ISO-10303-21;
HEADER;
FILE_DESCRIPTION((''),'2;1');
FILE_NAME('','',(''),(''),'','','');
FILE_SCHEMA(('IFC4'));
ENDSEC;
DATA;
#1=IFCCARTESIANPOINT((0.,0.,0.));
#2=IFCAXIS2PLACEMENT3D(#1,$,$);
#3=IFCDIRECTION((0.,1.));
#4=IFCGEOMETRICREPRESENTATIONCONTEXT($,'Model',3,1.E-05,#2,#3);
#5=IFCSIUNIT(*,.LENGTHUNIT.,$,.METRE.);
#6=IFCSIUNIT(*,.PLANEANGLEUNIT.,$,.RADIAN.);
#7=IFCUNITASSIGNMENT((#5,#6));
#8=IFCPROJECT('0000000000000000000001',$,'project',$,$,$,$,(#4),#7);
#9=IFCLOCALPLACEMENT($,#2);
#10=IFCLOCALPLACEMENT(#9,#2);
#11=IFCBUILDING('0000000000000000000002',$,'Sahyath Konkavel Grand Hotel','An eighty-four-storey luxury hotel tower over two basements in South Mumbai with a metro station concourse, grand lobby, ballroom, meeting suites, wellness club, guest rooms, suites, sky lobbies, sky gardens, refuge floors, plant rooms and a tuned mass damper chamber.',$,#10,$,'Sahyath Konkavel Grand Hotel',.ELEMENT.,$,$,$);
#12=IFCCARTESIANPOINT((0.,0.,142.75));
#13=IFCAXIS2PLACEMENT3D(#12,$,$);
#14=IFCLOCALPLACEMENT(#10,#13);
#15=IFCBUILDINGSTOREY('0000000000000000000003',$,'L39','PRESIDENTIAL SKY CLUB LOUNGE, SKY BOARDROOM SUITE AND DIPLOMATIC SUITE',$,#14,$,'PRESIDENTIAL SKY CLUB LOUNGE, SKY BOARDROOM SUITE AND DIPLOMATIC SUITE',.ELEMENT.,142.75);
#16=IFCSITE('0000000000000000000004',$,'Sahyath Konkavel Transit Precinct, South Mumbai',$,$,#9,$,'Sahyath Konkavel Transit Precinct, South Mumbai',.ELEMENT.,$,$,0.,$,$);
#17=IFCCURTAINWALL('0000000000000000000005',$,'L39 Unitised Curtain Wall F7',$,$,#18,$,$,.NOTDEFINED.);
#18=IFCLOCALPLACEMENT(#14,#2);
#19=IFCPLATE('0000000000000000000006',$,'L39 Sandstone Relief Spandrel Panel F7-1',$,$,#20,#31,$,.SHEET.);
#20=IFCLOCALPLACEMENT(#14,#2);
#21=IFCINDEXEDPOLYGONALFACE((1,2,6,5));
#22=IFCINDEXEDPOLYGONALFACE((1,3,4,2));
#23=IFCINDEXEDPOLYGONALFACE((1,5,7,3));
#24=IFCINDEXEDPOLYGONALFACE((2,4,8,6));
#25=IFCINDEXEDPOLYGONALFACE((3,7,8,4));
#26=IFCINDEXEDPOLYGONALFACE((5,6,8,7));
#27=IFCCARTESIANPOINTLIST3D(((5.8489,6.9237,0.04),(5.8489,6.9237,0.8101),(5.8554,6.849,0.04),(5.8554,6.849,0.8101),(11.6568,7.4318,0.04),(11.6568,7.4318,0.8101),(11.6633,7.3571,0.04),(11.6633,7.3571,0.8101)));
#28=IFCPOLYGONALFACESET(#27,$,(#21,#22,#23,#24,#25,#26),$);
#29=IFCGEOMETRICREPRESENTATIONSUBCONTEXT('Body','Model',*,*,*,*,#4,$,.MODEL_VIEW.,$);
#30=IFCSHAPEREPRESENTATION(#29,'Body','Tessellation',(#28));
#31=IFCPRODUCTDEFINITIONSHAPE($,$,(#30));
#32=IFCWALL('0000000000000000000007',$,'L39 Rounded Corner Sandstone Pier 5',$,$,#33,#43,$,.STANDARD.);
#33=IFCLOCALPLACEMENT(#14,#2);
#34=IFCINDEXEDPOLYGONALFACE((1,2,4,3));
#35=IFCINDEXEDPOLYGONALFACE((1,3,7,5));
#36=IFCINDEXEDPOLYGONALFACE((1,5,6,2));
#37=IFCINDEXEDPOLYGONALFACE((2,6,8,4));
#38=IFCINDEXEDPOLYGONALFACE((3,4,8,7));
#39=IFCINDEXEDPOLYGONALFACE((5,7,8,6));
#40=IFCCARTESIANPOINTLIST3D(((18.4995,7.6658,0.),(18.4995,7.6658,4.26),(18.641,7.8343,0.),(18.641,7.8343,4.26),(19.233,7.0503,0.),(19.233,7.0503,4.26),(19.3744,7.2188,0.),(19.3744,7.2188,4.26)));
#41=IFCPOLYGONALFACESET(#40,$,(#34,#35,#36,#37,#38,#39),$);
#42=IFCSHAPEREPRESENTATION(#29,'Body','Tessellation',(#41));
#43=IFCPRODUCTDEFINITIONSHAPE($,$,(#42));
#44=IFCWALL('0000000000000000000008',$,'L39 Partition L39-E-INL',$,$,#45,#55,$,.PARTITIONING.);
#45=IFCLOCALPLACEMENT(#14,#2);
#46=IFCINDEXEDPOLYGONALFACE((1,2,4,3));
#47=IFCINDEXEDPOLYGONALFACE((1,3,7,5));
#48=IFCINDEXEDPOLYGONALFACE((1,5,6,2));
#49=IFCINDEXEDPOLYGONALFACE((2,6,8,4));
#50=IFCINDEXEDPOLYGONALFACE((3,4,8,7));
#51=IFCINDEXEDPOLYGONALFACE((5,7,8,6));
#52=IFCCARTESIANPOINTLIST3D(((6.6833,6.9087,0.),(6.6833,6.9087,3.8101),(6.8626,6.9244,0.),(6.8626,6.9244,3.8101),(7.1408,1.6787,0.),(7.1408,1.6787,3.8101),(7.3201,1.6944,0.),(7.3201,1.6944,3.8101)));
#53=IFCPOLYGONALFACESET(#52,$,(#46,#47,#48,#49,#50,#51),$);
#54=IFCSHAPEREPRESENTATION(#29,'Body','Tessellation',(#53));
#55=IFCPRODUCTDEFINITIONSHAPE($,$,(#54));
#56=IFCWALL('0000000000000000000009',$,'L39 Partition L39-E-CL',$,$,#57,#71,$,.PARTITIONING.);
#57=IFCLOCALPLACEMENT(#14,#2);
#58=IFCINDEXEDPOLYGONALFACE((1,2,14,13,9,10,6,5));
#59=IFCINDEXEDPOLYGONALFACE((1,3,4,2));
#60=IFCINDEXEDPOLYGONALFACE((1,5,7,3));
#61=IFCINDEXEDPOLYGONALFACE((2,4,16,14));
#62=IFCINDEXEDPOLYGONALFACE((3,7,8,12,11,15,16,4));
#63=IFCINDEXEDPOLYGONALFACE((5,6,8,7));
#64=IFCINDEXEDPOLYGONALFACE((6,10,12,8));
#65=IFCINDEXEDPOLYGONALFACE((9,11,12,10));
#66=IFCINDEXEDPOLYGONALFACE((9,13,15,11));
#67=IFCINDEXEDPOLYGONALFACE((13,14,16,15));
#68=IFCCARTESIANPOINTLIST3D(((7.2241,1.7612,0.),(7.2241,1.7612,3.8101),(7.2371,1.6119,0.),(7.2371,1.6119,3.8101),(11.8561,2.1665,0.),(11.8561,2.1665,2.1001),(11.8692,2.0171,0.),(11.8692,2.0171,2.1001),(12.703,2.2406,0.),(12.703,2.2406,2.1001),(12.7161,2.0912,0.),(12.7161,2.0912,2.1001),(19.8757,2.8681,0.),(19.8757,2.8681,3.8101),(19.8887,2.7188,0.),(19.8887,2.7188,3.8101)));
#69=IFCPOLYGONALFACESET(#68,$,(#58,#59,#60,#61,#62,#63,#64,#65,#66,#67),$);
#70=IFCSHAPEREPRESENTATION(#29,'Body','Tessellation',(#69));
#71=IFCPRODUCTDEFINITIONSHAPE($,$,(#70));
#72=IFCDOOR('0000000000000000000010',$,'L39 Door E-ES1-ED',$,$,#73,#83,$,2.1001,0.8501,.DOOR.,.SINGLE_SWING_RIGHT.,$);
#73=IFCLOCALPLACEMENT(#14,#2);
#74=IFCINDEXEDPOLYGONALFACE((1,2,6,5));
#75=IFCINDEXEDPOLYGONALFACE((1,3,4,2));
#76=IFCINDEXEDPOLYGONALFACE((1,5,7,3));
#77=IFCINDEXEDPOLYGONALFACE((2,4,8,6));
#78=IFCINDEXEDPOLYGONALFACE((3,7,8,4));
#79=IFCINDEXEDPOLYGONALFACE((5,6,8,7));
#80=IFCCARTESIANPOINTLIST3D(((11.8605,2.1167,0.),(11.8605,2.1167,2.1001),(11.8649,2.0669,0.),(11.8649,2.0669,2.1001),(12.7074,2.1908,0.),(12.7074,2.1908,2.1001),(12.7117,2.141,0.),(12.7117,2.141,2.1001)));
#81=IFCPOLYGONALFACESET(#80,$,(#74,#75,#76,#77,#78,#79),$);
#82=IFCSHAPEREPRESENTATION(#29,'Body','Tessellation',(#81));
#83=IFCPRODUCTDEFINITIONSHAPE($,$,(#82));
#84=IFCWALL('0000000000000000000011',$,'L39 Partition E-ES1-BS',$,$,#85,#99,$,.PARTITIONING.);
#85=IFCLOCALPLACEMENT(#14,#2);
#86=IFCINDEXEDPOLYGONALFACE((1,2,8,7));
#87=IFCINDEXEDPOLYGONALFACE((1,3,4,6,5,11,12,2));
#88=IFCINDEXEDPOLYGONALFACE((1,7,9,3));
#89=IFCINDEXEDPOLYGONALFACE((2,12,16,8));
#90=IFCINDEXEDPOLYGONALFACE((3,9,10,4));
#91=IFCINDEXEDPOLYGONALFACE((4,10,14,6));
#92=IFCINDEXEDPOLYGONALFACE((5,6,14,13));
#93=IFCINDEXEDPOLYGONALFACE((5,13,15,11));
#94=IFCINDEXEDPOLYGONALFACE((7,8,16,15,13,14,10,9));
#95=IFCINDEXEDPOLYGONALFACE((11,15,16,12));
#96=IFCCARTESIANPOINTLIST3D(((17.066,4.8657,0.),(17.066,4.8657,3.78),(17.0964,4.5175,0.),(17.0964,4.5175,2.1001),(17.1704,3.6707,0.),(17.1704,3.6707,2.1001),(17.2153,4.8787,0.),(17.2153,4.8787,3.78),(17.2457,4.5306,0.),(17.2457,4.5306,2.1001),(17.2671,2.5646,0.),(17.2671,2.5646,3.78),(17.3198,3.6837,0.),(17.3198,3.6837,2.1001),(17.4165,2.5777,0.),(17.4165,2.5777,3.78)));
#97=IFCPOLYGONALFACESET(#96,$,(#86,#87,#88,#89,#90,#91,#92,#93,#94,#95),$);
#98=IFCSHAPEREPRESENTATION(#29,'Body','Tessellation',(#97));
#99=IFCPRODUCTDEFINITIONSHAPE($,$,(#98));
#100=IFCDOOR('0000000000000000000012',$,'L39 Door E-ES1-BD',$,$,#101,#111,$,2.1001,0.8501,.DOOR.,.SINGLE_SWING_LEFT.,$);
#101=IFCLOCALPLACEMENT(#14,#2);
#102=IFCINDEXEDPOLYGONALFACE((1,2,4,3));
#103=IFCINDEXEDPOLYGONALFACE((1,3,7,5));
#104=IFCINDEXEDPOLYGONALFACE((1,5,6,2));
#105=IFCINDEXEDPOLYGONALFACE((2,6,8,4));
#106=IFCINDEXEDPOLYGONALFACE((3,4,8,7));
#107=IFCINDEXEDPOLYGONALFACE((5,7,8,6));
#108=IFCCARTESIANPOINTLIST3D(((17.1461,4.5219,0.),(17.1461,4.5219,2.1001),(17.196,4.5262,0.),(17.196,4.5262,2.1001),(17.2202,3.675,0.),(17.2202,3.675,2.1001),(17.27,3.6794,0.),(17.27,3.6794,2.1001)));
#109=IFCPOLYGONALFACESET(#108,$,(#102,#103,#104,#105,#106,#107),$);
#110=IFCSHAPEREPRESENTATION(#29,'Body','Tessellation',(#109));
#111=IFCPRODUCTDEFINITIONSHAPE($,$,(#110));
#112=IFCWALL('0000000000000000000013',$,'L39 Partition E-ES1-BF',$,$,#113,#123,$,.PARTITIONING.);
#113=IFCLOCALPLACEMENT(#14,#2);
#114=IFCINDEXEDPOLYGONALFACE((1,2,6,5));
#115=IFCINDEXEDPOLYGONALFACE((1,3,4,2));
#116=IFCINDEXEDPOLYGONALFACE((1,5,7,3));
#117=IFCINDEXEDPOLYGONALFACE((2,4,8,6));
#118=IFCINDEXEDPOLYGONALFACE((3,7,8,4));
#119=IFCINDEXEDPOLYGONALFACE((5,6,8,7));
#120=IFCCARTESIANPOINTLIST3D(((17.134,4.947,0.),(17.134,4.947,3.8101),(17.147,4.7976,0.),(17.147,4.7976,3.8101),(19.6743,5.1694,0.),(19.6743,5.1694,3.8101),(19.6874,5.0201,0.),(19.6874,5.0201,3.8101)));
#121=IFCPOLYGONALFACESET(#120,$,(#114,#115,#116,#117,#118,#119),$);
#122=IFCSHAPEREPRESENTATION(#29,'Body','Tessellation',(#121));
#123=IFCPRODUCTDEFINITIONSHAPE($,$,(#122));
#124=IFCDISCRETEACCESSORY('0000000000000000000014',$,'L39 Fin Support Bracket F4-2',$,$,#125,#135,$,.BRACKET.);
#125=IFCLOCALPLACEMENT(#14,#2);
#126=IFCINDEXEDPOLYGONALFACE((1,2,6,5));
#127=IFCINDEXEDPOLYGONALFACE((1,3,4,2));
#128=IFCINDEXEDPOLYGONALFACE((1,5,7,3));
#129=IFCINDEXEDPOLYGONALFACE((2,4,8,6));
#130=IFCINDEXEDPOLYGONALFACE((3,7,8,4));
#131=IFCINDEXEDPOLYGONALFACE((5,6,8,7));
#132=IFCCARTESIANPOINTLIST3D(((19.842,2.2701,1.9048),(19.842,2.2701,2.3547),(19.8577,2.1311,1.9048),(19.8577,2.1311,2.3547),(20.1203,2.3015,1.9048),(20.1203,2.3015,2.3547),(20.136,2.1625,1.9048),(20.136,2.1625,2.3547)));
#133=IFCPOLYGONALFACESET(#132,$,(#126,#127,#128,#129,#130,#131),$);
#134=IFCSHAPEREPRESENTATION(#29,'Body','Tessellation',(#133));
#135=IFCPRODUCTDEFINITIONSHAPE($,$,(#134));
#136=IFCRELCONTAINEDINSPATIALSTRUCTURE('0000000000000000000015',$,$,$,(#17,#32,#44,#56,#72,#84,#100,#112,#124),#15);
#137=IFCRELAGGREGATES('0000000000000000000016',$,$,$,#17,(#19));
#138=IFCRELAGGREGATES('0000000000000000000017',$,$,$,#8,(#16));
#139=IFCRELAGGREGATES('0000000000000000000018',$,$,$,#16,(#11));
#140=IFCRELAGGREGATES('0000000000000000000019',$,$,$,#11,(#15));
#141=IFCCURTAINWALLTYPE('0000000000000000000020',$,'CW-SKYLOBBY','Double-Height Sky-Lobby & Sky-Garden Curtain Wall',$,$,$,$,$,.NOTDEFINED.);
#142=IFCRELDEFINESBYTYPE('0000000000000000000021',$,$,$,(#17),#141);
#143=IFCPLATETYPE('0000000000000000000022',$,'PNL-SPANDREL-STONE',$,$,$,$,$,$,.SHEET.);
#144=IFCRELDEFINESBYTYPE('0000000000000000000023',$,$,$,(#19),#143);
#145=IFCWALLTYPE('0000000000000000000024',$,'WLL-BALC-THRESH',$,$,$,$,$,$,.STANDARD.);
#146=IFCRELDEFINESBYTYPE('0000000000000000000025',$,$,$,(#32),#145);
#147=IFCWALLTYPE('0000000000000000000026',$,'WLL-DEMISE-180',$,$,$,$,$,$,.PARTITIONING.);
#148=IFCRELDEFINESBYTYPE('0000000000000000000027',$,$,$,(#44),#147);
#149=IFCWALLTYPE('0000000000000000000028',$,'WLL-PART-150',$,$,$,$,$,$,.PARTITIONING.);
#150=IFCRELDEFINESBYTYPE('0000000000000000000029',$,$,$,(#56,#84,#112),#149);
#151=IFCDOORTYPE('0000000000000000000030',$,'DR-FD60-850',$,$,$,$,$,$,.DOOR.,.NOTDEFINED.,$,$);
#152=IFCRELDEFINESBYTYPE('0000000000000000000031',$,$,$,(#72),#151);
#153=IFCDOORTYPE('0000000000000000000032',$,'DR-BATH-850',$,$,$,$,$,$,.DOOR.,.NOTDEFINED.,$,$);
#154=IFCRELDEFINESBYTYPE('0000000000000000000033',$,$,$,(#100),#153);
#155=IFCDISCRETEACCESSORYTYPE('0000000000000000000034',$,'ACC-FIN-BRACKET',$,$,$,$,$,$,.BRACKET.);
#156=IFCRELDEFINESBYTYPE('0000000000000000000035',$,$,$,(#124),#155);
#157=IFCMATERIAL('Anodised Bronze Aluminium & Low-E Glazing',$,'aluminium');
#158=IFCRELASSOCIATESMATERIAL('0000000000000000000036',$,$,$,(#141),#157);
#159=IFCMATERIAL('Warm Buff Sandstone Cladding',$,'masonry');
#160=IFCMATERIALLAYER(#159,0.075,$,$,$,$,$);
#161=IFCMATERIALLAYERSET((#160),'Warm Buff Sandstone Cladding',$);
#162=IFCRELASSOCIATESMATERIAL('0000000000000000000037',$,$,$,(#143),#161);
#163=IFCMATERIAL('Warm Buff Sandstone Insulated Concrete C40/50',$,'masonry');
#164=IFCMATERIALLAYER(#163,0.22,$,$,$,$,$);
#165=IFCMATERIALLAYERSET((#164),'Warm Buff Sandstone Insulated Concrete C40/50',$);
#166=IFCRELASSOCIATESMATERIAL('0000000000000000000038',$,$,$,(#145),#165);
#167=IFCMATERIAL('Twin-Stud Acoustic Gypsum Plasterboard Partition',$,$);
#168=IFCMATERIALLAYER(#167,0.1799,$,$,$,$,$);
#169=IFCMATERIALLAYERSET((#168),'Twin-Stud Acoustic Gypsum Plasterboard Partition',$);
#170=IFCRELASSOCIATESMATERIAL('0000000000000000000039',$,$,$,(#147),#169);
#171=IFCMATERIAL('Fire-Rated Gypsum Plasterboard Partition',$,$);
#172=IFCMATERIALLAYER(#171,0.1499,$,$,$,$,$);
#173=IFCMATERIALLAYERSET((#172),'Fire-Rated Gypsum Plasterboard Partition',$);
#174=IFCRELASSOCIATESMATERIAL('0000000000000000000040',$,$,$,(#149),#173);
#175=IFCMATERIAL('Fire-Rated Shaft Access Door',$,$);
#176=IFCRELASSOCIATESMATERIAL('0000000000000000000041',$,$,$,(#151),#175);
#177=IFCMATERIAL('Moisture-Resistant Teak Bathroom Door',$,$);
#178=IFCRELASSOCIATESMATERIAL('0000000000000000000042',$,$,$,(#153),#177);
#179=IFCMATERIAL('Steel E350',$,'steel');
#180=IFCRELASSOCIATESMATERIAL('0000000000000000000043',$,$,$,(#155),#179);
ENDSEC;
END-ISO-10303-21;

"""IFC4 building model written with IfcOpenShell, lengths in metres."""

from ifc_helpers import new_model, si_unit, direction, frame, frame_2d, origin, origin_2d, place, context, subcontext, project, spatial, rectangle, extrude, source, transform, mapped, material, layer, layer_set, type_object, element, fill, aggregate, save


model = new_model("IFC4")

# Units and contexts
model_context = context("Model", 3, precision=1e-05, world=origin(), true_north=direction((0.0, 1.0)))
body_context = subcontext(model_context, "Body", "Model", "MODEL_VIEW")
ifc_project = project(units=[si_unit("LENGTHUNIT", "METRE"), si_unit("PLANEANGLEUNIT", "RADIAN")], contexts=[model_context])

# Site, building, storey
site_placement = place(None, origin())
site = spatial("IfcSite", under=ifc_project, at=site_placement, Name="Sahyath Konkavel Transit Precinct, South Mumbai", LongName="Sahyath Konkavel Transit Precinct, South Mumbai", CompositionType="ELEMENT", RefElevation=0.0)
building_placement = place(site_placement, origin())
building = spatial("IfcBuilding", under=site, at=building_placement, Name="Sahyath Konkavel Grand Hotel", Description="An eighty-four-storey luxury hotel tower over two basements in South Mumbai with a metro station concourse, grand lobby, ballroom, meeting suites, wellness club, guest rooms, suites, sky lobbies, sky gardens, refuge floors, plant rooms and a tuned mass damper chamber.", LongName="Sahyath Konkavel Grand Hotel", CompositionType="ELEMENT")
storey_placement = place(building_placement, frame((0.0, 0.0, 142.75)))
storey = spatial("IfcBuildingStorey", under=building, at=storey_placement, Name="L39", Description="PRESIDENTIAL SKY CLUB LOUNGE, SKY BOARDROOM SUITE AND DIPLOMATIC SUITE", LongName="PRESIDENTIAL SKY CLUB LOUNGE, SKY BOARDROOM SUITE AND DIPLOMATIC SUITE", CompositionType="ELEMENT", Elevation=142.75)

# Shared definitions
ifc_material_1 = material(Name="Steel E350", Category="steel")

# Shared definitions
ifc_material_2 = material(Name="Anodised Bronze Aluminium & Low-E Glazing", Category="aluminium")
curtain_wall_type = type_object("IfcCurtainWallType", Name="CW-SKYLOBBY", Description="Double-Height Sky-Lobby & Sky-Garden Curtain Wall", PredefinedType="NOTDEFINED", material=ifc_material_2)

# Curtain wall
curtain_wall_1_placement = place(storey_placement, origin())
curtain_wall_1 = element("IfcCurtainWall", 1, at=curtain_wall_1_placement, inside=storey, type_object=curtain_wall_type, Name="L39 Unitised Curtain Wall F7", PredefinedType="NOTDEFINED")

# Plate
ifc_material_3 = material(Name="Warm Buff Sandstone Cladding", Category="masonry")
ifc_layer_1 = layer(ifc_material_3, 0.075)
ifc_layer_set_1 = layer_set([ifc_layer_1], Name="Warm Buff Sandstone Cladding")
plate_type_1 = type_object("IfcPlateType", Name="PNL-SPANDREL-STONE", PredefinedType="SHEET", material=ifc_layer_set_1)
shared_shape_1 = source(origin(), body_context, "Body", "SweptSolid", [
    extrude(rectangle(XDim=5.8301, YDim=0.075, at=origin_2d()), origin(), (0.0, 0.0, 1.0), 0.77),
])
plate_1_placement = place(storey_placement, frame((8.7561, 7.1404, 0.04), z_axis=(0.0, 0.0, 1.0), x_axis=(-0.996195, -0.087156, 0.0)))
plate_1 = element("IfcPlate", 2, at=plate_1_placement, type_object=plate_type_1, Name="L39 Sandstone Relief Spandrel Panel F7-1", PredefinedType="SHEET", context=body_context, shape_type="MappedRepresentation", body=[
    mapped(shared_shape_1, transform((0.0, 0.0, 0.0), scale=1.0)),
])
aggregate(curtain_wall_1, [plate_1])

# Walls
ifc_material_4 = material(Name="Warm Buff Sandstone Insulated Concrete C40/50", Category="masonry")
ifc_layer_2 = layer(ifc_material_4, 0.22)
ifc_layer_set_2 = layer_set([ifc_layer_2], Name="Warm Buff Sandstone Insulated Concrete C40/50")
wall_type_1 = type_object("IfcWallType", Name="WLL-BALC-THRESH", PredefinedType="STANDARD", material=ifc_layer_set_2)
wall_1_placement = place(storey_placement, frame((19.3037, 7.1345, 0.0), z_axis=(0.0, 0.0, 1.0), x_axis=(-0.766001, 0.642839, 0.0)))
element("IfcWall", 3, at=wall_1_placement, inside=storey, type_object=wall_type_1, Name="L39 Rounded Corner Sandstone Pier 5", PredefinedType="STANDARD", context=body_context, shape_type="SweptSolid", body=[
    extrude(rectangle(XDim=0.9575, YDim=0.22, at=frame_2d((0.4788, 0.0))), origin(), (0.0, 0.0, 1.0), 4.26),
])
ifc_material_5 = material(Name="Twin-Stud Acoustic Gypsum Plasterboard Partition")
ifc_layer_3 = layer(ifc_material_5, 0.1799)
ifc_layer_set_3 = layer_set([ifc_layer_3], Name="Twin-Stud Acoustic Gypsum Plasterboard Partition")
wall_type_2 = type_object("IfcWallType", Name="WLL-DEMISE-180", PredefinedType="PARTITIONING", material=ifc_layer_set_3)
wall_2_placement = place(storey_placement, frame((7.2305, 1.6865, 0.0), z_axis=(0.0, 0.0, 1.0), x_axis=(-0.087147, 0.996195, 0.0)))
element("IfcWall", 4, at=wall_2_placement, inside=storey, type_object=wall_type_2, Name="L39 Partition L39-E-INL", PredefinedType="PARTITIONING", context=body_context, shape_type="SweptSolid", body=[
    extrude(rectangle(XDim=5.25, YDim=0.1799, at=frame_2d((2.625, 0.0))), origin(), (0.0, 0.0, 1.0), 3.8101),
])

# Walls, openings, doors
ifc_material_6 = material(Name="Fire-Rated Gypsum Plasterboard Partition")
ifc_layer_4 = layer(ifc_material_6, 0.1499)
ifc_layer_set_4 = layer_set([ifc_layer_4], Name="Fire-Rated Gypsum Plasterboard Partition")
wall_type_3 = type_object("IfcWallType", Name="WLL-PART-150", PredefinedType="PARTITIONING", material=ifc_layer_set_4)
wall_3_placement = place(storey_placement, frame((7.2305, 1.6865, 0.0), z_axis=(0.0, 0.0, 1.0), x_axis=(0.996194, 0.087161, 0.0)))
wall_3 = element("IfcWall", 5, at=wall_3_placement, inside=storey, type_object=wall_type_3, Name="L39 Partition L39-E-CL", PredefinedType="PARTITIONING", context=body_context, shape_type="SweptSolid", body=[
    extrude(rectangle(XDim=12.7, YDim=0.1499, at=frame_2d((6.3501, 0.0))), origin(), (0.0, 0.0, 1.0), 3.8101),
])
opening_1_placement = place(wall_3_placement, frame((4.6499, 0.0, 0.0)))
opening_1 = element("IfcOpeningElement", 6, at=opening_1_placement, cuts=wall_3, PredefinedType="OPENING", context=body_context, shape_type="SweptSolid", body=[
    extrude(rectangle(XDim=0.8501, YDim=2.1001, at=frame_2d((0.425, 1.05))), frame((0.0, 0.085, 0.0), z_axis=(0.0, -1.0, 0.0), x_axis=(1.0, 0.0, 0.0)), (0.0, 0.0, 1.0), 0.1699),
])
ifc_material_7 = material(Name="Fire-Rated Shaft Access Door")
door_type_1 = type_object("IfcDoorType", Name="DR-FD60-850", OperationType="NOTDEFINED", PredefinedType="DOOR", material=ifc_material_7)
shared_shape_2 = source(origin(), body_context, "Body", "SweptSolid", [
    extrude(rectangle(XDim=0.8501, YDim=0.05, at=origin_2d()), origin(), (0.0, 0.0, 1.0), 2.1001),
])
door_1_placement = place(opening_1_placement, frame((0.425, 0.0, 0.0)))
door_1 = element("IfcDoor", 7, at=door_1_placement, inside=storey, type_object=door_type_1, Name="L39 Door E-ES1-ED", OperationType="SINGLE_SWING_RIGHT", OverallHeight=2.1001, OverallWidth=0.8501, PredefinedType="DOOR", context=body_context, shape_type="MappedRepresentation", body=[
    mapped(shared_shape_2, transform((0.0, 0.0, 0.0), scale=1.0)),
])
fill(opening_1, door_1)
wall_4_placement = place(storey_placement, frame((17.3418, 2.5713, 0.0), z_axis=(0.0, 0.0, 1.0), x_axis=(-0.087095, 0.9962, 0.0)))
wall_4 = element("IfcWall", 8, at=wall_4_placement, inside=storey, type_object=wall_type_3, Name="L39 Partition E-ES1-BS", PredefinedType="PARTITIONING", context=body_context, shape_type="SweptSolid", body=[
    extrude(rectangle(XDim=2.3098, YDim=0.1499, at=frame_2d((1.1548, 0.0))), origin(), (0.0, 0.0, 1.0), 3.78),
])
opening_2_placement = place(wall_4_placement, frame((1.1101, 0.0, 0.0)))
opening_2 = element("IfcOpeningElement", 9, at=opening_2_placement, cuts=wall_4, PredefinedType="OPENING", context=body_context, shape_type="SweptSolid", body=[
    extrude(rectangle(XDim=0.8501, YDim=2.1001, at=frame_2d((0.425, 1.05))), frame((0.0, 0.085, 0.0), z_axis=(0.0, -1.0, 0.0), x_axis=(1.0, 0.0, 0.0)), (0.0, 0.0, 1.0), 0.1699),
])
ifc_material_8 = material(Name="Moisture-Resistant Teak Bathroom Door")
door_type_2 = type_object("IfcDoorType", Name="DR-BATH-850", OperationType="NOTDEFINED", PredefinedType="DOOR", material=ifc_material_8)
door_2_placement = place(opening_2_placement, frame((0.425, 0.0, 0.0)))
door_2 = element("IfcDoor", 10, at=door_2_placement, inside=storey, type_object=door_type_2, Name="L39 Door E-ES1-BD", OperationType="SINGLE_SWING_LEFT", OverallHeight=2.1001, OverallWidth=0.8501, PredefinedType="DOOR", context=body_context, shape_type="MappedRepresentation", body=[
    mapped(shared_shape_2, transform((0.0, 0.0, 0.0), scale=1.0)),
])
fill(opening_2, door_2)

# Wall
wall_5_placement = place(storey_placement, frame((17.1406, 4.8723, 0.0), z_axis=(0.0, 0.0, 1.0), x_axis=(0.996189, 0.08722, 0.0)))
element("IfcWall", 11, at=wall_5_placement, inside=storey, type_object=wall_type_3, Name="L39 Partition E-ES1-BF", PredefinedType="PARTITIONING", context=body_context, shape_type="SweptSolid", body=[
    extrude(rectangle(XDim=2.55, YDim=0.1499, at=frame_2d((1.2749, 0.0))), origin(), (0.0, 0.0, 1.0), 3.8101),
])

# Discrete accessory
discrete_accessory_type = type_object("IfcDiscreteAccessoryType", Name="ACC-FIN-BRACKET", PredefinedType="BRACKET", material=ifc_material_1)
shared_shape_3 = source(origin(), body_context, "Body", "SweptSolid", [
    extrude(rectangle(XDim=0.28, YDim=0.1399, at=origin_2d()), origin(), (0.0, 0.0, 1.0), 0.45),
])
discrete_accessory_placement = place(storey_placement, frame((19.989, 2.2163, 1.9048), z_axis=(0.0, 0.0, 1.0), x_axis=(0.993709, 0.111989, 0.0)))
element("IfcDiscreteAccessory", 12, at=discrete_accessory_placement, inside=storey, type_object=discrete_accessory_type, Name="L39 Fin Support Bracket F4-2", PredefinedType="BRACKET", context=body_context, shape_type="MappedRepresentation", body=[
    mapped(shared_shape_3, transform((0.0, 0.0, 0.0), scale=1.0)),
])

save(model, "model.ifc")
